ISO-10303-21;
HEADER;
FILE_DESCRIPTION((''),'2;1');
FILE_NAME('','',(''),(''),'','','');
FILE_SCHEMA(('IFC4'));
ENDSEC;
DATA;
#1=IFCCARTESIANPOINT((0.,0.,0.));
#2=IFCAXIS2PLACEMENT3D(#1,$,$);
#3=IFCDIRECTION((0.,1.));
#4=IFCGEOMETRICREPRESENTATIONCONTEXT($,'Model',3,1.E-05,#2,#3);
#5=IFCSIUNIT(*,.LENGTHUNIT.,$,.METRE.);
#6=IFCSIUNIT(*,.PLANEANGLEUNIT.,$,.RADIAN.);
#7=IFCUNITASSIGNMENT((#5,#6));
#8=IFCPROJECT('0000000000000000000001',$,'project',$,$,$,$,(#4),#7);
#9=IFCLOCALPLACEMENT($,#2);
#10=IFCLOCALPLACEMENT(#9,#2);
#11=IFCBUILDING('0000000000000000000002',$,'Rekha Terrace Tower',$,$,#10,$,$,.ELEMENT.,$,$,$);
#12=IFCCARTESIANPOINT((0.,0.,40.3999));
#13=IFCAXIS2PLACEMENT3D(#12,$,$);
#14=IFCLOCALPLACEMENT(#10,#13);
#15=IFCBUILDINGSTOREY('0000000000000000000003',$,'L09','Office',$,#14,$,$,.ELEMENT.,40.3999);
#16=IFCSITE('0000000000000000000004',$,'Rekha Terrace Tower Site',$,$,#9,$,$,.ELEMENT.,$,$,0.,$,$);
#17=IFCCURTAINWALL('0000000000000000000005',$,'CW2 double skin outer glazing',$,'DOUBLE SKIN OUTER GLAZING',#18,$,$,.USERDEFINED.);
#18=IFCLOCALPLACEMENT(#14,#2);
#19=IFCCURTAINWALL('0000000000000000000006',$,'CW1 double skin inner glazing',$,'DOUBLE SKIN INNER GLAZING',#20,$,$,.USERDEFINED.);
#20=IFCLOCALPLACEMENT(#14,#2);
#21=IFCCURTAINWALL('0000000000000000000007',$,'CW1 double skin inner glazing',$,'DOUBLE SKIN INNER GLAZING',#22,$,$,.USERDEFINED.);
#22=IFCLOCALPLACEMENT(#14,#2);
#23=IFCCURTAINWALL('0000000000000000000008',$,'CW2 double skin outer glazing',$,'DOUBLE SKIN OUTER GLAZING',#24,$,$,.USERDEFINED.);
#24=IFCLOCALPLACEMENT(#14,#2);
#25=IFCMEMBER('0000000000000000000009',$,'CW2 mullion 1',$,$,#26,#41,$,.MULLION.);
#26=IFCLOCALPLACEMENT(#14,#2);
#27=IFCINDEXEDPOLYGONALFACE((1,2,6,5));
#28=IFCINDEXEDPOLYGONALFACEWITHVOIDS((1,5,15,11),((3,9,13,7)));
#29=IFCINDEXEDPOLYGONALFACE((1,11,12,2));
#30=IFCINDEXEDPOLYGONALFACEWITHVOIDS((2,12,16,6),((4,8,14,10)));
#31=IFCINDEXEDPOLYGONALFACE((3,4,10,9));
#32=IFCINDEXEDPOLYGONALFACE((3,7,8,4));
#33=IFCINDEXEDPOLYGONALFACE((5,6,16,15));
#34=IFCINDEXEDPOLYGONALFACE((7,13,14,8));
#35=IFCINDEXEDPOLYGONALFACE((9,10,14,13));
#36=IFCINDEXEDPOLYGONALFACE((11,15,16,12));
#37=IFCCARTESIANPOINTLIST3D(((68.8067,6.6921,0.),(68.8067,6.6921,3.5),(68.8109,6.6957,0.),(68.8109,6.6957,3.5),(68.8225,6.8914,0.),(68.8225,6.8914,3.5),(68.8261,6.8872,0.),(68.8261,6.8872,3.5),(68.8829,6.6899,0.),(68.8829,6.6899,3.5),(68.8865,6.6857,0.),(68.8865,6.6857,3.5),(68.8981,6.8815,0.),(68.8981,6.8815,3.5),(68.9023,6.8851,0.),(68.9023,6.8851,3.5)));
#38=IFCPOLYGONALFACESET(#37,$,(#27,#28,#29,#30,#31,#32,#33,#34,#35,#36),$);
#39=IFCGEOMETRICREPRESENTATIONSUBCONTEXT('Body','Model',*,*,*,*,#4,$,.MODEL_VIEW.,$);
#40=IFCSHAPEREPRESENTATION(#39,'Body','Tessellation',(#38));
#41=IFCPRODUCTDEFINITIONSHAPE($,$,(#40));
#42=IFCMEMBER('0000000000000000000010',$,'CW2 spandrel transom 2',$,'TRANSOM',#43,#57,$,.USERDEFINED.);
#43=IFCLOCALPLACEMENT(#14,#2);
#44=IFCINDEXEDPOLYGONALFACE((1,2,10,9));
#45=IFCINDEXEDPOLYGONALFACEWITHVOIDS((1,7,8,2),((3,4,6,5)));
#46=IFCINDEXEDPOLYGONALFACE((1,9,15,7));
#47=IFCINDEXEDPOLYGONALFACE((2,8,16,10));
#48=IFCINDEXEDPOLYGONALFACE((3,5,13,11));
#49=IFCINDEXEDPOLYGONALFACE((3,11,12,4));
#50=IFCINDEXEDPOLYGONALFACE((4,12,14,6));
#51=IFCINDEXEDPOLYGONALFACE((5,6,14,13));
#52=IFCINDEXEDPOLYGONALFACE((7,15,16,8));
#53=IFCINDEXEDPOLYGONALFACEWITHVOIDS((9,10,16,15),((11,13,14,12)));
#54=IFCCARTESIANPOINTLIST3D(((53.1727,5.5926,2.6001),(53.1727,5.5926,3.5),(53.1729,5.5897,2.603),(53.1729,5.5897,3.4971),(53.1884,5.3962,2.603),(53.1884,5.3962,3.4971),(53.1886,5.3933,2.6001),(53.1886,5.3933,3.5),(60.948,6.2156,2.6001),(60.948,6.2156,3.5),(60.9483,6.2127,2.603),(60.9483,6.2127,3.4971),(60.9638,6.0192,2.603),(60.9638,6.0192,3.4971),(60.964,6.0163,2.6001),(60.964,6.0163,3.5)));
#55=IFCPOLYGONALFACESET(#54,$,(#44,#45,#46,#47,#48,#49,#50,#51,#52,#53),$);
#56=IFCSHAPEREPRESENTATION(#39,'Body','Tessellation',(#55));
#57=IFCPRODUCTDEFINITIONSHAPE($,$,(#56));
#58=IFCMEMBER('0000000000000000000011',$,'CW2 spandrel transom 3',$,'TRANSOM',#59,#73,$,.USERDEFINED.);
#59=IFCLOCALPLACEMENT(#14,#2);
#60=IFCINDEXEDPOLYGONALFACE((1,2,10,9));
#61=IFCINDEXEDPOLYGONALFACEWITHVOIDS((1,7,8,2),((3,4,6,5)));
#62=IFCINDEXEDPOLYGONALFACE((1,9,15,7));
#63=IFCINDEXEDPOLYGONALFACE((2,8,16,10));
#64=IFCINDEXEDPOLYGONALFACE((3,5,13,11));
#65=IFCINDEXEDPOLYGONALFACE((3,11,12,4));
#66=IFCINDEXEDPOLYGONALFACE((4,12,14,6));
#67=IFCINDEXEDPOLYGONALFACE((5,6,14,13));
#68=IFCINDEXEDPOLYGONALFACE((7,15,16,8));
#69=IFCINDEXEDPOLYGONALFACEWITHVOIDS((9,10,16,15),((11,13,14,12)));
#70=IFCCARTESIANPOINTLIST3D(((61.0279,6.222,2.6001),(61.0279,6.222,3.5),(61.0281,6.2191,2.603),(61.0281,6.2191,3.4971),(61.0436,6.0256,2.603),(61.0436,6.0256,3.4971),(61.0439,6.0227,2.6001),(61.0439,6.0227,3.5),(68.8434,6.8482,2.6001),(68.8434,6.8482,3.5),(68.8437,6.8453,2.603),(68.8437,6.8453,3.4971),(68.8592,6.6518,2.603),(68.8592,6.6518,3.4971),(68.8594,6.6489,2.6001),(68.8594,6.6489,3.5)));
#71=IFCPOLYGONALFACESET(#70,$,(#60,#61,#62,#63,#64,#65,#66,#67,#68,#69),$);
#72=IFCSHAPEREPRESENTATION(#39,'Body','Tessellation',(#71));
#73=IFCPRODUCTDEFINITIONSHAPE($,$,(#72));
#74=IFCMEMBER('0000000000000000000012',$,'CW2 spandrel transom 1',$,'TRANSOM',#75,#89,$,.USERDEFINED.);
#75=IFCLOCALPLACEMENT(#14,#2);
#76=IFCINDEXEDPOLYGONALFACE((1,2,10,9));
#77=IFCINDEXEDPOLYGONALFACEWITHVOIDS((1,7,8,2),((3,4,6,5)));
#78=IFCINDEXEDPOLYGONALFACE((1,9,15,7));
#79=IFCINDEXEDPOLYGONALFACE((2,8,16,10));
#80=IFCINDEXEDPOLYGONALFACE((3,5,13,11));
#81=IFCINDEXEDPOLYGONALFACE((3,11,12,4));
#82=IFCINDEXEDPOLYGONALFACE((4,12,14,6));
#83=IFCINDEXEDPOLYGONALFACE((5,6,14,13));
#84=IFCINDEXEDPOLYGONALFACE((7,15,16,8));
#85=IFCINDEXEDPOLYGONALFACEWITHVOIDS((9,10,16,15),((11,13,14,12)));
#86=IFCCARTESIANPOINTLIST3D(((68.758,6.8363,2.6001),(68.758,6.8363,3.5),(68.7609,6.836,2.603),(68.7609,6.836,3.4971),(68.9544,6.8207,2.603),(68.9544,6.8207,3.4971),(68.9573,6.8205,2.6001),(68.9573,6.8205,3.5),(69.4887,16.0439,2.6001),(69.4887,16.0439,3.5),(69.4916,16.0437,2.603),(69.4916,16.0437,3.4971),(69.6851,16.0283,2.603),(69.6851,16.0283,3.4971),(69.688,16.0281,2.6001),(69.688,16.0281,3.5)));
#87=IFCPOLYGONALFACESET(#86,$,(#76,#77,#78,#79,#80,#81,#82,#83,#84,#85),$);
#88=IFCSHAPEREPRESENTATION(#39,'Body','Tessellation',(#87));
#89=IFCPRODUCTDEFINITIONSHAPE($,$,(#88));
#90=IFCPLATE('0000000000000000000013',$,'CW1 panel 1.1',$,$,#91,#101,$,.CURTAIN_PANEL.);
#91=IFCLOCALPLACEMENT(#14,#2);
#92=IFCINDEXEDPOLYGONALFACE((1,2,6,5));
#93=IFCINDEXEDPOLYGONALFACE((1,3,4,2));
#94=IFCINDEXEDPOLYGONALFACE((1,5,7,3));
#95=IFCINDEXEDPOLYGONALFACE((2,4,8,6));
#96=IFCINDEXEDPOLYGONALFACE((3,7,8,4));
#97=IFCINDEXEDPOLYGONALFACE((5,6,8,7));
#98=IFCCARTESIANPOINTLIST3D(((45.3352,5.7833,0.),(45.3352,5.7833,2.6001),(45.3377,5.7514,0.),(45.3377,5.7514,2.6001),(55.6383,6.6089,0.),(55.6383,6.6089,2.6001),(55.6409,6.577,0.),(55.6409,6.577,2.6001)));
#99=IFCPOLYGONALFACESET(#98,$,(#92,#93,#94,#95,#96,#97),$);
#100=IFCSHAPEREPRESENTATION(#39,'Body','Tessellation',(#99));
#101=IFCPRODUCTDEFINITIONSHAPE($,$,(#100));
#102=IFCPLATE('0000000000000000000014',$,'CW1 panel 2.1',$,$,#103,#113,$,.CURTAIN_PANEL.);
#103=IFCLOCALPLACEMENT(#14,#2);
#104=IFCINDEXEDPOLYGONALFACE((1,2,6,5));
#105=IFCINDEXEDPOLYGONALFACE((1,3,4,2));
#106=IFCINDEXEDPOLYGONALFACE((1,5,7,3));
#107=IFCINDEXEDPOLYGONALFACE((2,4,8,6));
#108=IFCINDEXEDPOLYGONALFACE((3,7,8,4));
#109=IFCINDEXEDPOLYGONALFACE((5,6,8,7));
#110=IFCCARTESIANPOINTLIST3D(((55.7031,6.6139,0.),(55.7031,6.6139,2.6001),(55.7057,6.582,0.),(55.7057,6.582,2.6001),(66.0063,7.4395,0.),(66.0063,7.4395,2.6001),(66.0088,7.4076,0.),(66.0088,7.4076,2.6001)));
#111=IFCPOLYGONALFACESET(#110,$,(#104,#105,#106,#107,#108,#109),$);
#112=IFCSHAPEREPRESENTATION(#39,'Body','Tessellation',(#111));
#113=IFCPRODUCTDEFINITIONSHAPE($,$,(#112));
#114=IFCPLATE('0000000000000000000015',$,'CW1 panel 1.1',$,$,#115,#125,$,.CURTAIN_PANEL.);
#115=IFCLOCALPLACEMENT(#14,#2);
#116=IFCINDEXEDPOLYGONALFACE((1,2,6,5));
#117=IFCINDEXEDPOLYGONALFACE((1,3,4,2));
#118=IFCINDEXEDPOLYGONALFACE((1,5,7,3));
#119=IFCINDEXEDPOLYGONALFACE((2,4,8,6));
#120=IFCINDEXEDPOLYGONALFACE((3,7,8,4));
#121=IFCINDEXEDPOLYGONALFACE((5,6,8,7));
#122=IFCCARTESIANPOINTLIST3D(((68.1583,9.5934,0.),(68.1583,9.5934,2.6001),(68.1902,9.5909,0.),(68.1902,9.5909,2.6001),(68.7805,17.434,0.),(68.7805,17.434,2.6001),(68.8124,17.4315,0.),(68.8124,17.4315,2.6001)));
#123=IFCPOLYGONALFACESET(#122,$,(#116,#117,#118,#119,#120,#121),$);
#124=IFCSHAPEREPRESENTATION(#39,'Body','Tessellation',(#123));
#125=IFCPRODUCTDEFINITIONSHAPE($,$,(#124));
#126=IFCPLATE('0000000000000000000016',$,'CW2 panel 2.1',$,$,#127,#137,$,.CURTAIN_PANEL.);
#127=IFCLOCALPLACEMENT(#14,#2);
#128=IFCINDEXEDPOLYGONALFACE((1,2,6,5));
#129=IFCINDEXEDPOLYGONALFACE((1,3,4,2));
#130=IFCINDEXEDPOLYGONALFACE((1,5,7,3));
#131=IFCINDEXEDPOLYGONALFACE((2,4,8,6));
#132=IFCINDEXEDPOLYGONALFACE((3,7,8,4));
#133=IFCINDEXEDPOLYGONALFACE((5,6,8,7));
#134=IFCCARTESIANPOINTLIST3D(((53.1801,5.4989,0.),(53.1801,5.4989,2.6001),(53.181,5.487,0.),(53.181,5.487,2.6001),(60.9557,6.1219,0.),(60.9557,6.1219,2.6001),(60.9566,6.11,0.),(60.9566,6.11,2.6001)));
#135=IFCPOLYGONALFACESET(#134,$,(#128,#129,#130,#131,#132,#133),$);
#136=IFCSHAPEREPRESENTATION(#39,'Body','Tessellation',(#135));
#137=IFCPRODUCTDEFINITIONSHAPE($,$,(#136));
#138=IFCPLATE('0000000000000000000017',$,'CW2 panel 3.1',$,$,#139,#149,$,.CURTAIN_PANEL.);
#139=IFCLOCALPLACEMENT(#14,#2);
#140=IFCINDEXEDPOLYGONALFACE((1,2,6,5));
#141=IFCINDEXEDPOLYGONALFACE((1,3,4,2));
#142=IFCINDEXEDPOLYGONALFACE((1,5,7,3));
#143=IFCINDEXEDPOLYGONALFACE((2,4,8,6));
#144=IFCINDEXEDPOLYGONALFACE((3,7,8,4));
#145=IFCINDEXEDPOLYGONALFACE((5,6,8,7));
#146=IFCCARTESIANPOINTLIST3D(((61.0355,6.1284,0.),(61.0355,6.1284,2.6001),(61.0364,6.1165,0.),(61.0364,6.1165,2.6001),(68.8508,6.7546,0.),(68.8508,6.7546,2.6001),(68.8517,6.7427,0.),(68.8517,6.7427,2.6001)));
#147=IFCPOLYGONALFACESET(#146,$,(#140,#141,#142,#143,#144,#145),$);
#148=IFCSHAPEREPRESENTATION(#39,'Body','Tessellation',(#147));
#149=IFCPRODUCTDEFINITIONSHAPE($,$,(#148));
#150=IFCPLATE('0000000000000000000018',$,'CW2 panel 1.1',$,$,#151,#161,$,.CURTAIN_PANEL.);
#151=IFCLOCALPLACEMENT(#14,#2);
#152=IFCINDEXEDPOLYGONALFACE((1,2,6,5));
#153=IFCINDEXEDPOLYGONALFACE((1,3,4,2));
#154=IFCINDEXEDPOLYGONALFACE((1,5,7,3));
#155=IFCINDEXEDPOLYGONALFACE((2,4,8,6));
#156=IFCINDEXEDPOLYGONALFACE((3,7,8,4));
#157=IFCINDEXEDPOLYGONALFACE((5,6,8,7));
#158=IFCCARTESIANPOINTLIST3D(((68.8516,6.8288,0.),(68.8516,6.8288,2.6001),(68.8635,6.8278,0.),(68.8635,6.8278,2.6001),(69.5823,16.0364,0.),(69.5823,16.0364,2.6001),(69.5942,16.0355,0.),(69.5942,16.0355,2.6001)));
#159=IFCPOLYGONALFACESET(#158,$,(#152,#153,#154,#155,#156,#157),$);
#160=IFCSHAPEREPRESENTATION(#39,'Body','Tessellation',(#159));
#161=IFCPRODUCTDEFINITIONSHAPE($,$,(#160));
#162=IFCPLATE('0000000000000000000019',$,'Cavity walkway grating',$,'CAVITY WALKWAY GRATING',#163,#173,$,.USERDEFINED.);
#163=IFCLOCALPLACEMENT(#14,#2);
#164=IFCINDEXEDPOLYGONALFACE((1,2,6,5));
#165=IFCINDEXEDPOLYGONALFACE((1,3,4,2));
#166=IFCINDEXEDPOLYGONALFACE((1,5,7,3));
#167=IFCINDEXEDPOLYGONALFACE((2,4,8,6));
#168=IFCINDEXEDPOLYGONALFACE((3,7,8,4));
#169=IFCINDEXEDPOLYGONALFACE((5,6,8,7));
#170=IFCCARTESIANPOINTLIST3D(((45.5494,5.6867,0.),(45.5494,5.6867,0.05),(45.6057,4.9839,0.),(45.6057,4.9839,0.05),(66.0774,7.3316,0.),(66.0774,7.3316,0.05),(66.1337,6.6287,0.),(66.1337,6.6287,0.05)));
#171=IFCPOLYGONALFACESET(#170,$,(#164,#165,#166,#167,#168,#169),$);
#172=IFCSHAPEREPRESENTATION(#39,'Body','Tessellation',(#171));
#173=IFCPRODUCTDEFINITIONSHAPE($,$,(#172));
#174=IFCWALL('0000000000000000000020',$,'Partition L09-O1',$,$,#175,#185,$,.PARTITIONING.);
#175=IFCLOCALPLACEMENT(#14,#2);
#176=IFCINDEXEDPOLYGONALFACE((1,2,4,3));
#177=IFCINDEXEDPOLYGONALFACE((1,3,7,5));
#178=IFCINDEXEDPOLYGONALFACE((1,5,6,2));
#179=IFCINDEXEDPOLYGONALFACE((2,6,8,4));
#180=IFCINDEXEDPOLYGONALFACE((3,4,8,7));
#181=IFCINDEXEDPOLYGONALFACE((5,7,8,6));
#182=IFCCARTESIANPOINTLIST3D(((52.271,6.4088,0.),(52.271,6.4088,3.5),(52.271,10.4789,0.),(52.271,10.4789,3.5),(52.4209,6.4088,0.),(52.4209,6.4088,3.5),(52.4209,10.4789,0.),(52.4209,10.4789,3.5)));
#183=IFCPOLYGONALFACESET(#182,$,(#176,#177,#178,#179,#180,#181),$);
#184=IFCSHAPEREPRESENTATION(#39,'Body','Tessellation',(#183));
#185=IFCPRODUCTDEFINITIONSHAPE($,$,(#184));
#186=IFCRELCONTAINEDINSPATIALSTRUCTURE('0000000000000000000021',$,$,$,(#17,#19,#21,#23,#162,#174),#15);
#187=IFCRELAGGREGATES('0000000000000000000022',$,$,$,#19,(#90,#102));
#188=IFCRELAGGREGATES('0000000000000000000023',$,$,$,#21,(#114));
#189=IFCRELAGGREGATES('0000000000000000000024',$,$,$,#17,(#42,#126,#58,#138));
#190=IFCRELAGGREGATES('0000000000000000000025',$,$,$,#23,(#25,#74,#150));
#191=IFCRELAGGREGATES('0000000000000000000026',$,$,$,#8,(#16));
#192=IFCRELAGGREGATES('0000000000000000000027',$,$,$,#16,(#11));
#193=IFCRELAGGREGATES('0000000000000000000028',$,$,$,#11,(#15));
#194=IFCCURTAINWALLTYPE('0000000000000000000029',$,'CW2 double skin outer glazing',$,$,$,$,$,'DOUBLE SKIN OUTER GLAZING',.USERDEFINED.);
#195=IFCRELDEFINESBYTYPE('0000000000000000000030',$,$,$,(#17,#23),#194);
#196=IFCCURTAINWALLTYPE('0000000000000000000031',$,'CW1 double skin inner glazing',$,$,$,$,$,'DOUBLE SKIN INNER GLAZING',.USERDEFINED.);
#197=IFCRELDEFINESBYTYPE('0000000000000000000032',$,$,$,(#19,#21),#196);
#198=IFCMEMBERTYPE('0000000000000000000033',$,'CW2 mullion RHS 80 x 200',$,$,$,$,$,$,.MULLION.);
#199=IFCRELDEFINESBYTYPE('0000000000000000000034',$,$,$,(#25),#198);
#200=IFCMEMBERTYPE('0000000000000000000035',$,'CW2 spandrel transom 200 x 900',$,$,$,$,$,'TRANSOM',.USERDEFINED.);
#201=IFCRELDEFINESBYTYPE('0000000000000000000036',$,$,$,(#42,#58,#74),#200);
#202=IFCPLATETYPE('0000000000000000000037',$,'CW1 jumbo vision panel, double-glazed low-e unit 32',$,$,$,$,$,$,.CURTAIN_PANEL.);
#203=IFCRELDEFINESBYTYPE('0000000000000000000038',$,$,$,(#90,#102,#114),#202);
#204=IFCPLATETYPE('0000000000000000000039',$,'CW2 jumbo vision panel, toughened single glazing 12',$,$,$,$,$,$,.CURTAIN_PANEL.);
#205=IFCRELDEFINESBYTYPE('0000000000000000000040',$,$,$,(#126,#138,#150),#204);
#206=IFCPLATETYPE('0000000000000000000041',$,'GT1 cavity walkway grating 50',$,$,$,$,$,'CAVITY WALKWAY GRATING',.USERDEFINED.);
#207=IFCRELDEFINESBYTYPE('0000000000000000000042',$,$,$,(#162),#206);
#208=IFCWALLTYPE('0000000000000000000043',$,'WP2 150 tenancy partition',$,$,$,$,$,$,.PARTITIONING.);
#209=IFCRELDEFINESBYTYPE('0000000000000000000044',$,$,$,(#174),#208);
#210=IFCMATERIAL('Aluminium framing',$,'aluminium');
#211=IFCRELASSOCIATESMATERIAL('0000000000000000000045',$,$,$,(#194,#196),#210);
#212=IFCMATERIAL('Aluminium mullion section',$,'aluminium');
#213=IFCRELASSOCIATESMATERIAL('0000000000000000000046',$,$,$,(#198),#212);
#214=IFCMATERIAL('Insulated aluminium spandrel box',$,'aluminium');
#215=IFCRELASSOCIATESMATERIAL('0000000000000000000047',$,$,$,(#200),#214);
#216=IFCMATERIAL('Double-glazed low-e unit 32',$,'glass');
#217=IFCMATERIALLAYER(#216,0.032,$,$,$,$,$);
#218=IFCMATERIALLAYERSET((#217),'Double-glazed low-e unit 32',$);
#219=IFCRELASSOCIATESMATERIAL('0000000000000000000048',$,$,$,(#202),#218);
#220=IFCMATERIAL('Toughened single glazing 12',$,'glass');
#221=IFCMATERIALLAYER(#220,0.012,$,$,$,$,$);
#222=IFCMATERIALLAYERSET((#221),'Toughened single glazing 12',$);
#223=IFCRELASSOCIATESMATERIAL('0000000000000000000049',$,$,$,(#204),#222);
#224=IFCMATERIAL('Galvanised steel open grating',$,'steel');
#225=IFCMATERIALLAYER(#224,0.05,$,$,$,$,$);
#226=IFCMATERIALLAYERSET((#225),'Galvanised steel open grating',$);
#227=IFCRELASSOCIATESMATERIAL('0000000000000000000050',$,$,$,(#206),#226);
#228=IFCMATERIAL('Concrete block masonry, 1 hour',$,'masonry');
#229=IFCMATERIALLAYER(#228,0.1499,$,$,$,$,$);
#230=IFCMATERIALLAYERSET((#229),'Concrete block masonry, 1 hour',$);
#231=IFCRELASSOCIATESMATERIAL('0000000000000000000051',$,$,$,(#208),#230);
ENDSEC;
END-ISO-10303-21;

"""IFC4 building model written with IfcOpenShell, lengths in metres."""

from ifc_helpers import new_model, si_unit, direction, frame, frame_2d, origin, origin_2d, place, context, subcontext, project, spatial, rectangle, hollow_rectangle, extrude, material, layer, layer_set, material_profile, profile_set, type_object, element, aggregate, save


model = new_model("IFC4")

# Units and contexts
model_context = context("Model", 3, precision=1e-05, world=origin(), true_north=direction((0.0, 1.0)))
body_context = subcontext(model_context, "Body", "Model", "MODEL_VIEW")
ifc_project = project(units=[si_unit("LENGTHUNIT", "METRE"), si_unit("PLANEANGLEUNIT", "RADIAN")], contexts=[model_context])

# Site, building, storey
site_placement = place(None, origin())
site = spatial("IfcSite", under=ifc_project, at=site_placement, Name="Rekha Terrace Tower Site", CompositionType="ELEMENT", RefElevation=0.0)
building_placement = place(site_placement, origin())
building = spatial("IfcBuilding", under=site, at=building_placement, Name="Rekha Terrace Tower", CompositionType="ELEMENT")
storey_placement = place(building_placement, frame((0.0, 0.0, 40.3999)))
storey = spatial("IfcBuildingStorey", under=building, at=storey_placement, Name="L09", Description="Office", CompositionType="ELEMENT", Elevation=40.3999)

# Curtain walls
ifc_material_1 = material(Name="Aluminium framing", Category="aluminium")
curtain_wall_type_1 = type_object("IfcCurtainWallType", Name="CW2 double skin outer glazing", ElementType="DOUBLE SKIN OUTER GLAZING", PredefinedType="USERDEFINED", material=ifc_material_1)
curtain_wall_1_placement = place(storey_placement, origin())
curtain_wall_1 = element("IfcCurtainWall", 1, at=curtain_wall_1_placement, inside=storey, type_object=curtain_wall_type_1, Name="CW2 double skin outer glazing", ObjectType="DOUBLE SKIN OUTER GLAZING", PredefinedType="USERDEFINED")
curtain_wall_type_2 = type_object("IfcCurtainWallType", Name="CW1 double skin inner glazing", ElementType="DOUBLE SKIN INNER GLAZING", PredefinedType="USERDEFINED", material=ifc_material_1)
curtain_wall_2_placement = place(storey_placement, origin())
curtain_wall_2 = element("IfcCurtainWall", 2, at=curtain_wall_2_placement, inside=storey, type_object=curtain_wall_type_2, Name="CW1 double skin inner glazing", ObjectType="DOUBLE SKIN INNER GLAZING", PredefinedType="USERDEFINED")
ifc_material_2 = material(Name="Aluminium mullion section", Category="aluminium")

# Curtain wall
curtain_wall_3_placement = place(storey_placement, origin())
curtain_wall_3 = element("IfcCurtainWall", 3, at=curtain_wall_3_placement, inside=storey, type_object=curtain_wall_type_2, Name="CW1 double skin inner glazing", ObjectType="DOUBLE SKIN INNER GLAZING", PredefinedType="USERDEFINED")

# Shared definitions
ifc_material_3 = material(Name="Insulated aluminium spandrel box", Category="aluminium")
ifc_material_profile_1 = material_profile(ifc_material_2, hollow_rectangle(XDim=0.0801, YDim=0.2, WallThickness=0.0039, at=origin_2d()), Name="AL RHS 80x200")
ifc_profile_set_1 = profile_set([ifc_material_profile_1], Name="Aluminium mullion section")
member_type_1 = type_object("IfcMemberType", Name="CW2 mullion RHS 80 x 200", PredefinedType="MULLION", material=ifc_profile_set_1)

# Curtain wall, member
curtain_wall_4_placement = place(storey_placement, origin())
curtain_wall_4 = element("IfcCurtainWall", 4, at=curtain_wall_4_placement, inside=storey, type_object=curtain_wall_type_1, Name="CW2 double skin outer glazing", ObjectType="DOUBLE SKIN OUTER GLAZING", PredefinedType="USERDEFINED")
member_1_placement = place(storey_placement, frame((68.8545, 6.7886, 0.0), z_axis=(0.0, 0.0, 1.0), x_axis=(-0.996865, 0.079116, 0.0)))
member_1 = element("IfcMember", 5, at=member_1_placement, type_object=member_type_1, Name="CW2 mullion 1", PredefinedType="MULLION", context=body_context, shape_type="SweptSolid", body=[
    extrude(hollow_rectangle(XDim=0.0801, YDim=0.2, WallThickness=0.0039, at=origin_2d()), origin(), (0.0, 0.0, 1.0), 3.5),
])

# Members
ifc_material_profile_2 = material_profile(ifc_material_3, hollow_rectangle(XDim=0.2, YDim=0.8999, WallThickness=0.0029, at=origin_2d()), Name="AL SPANDREL BOX 200x900")
ifc_profile_set_2 = profile_set([ifc_material_profile_2], Name="Insulated aluminium spandrel box")
member_type_2 = type_object("IfcMemberType", Name="CW2 spandrel transom 200 x 900", ElementType="TRANSOM", PredefinedType="USERDEFINED", material=ifc_profile_set_2)
member_2_placement = place(storey_placement, frame((53.1807, 5.4929, 3.05), z_axis=(0.996805, 0.079875, 0.0), x_axis=(-0.079875, 0.996805, 0.0)))
member_2 = element("IfcMember", 6, at=member_2_placement, type_object=member_type_2, Name="CW2 spandrel transom 2", ObjectType="TRANSOM", PredefinedType="USERDEFINED", context=body_context, shape_type="SweptSolid", body=[
    extrude(hollow_rectangle(XDim=0.2, YDim=0.8999, WallThickness=0.0029, at=origin_2d()), origin(), (0.0, 0.0, 1.0), 7.8003),
])
member_3_placement = place(storey_placement, frame((61.0359, 6.1223, 3.05), z_axis=(0.996805, 0.07987, 0.0), x_axis=(-0.07987, 0.996805, 0.0)))
member_3 = element("IfcMember", 7, at=member_3_placement, type_object=member_type_2, Name="CW2 spandrel transom 3", ObjectType="TRANSOM", PredefinedType="USERDEFINED", context=body_context, shape_type="SweptSolid", body=[
    extrude(hollow_rectangle(XDim=0.2, YDim=0.8999, WallThickness=0.0029, at=origin_2d()), origin(), (0.0, 0.0, 1.0), 7.8406),
])
member_4_placement = place(storey_placement, frame((68.8577, 6.8284, 3.05), z_axis=(0.079112, 0.996866, 0.0), x_axis=(-0.996866, 0.079112, 0.0)))
member_4 = element("IfcMember", 8, at=member_4_placement, type_object=member_type_2, Name="CW2 spandrel transom 1", ObjectType="TRANSOM", PredefinedType="USERDEFINED", context=body_context, shape_type="SweptSolid", body=[
    extrude(hollow_rectangle(XDim=0.2, YDim=0.8999, WallThickness=0.0029, at=origin_2d()), origin(), (0.0, 0.0, 1.0), 9.2366),
])

# Plates
ifc_material_4 = material(Name="Double-glazed low-e unit 32", Category="glass")
ifc_layer_1 = layer(ifc_material_4, 0.032)
ifc_layer_set_1 = layer_set([ifc_layer_1], Name="Double-glazed low-e unit 32")
plate_type_1 = type_object("IfcPlateType", Name="CW1 jumbo vision panel, double-glazed low-e unit 32", PredefinedType="CURTAIN_PANEL", material=ifc_layer_set_1)
plate_1_placement = place(storey_placement, frame((50.488, 6.1802, 0.0), z_axis=(0.0, 0.0, 1.0), x_axis=(0.996805, 0.079872, 0.0)))
plate_1 = element("IfcPlate", 9, at=plate_1_placement, type_object=plate_type_1, Name="CW1 panel 1.1", PredefinedType="CURTAIN_PANEL", context=body_context, shape_type="SweptSolid", body=[
    extrude(rectangle(XDim=10.3362, YDim=0.032, at=origin_2d()), origin(), (0.0, 0.0, 1.0), 2.6001),
])
plate_2_placement = place(storey_placement, frame((60.856, 7.0107, 0.0), z_axis=(0.0, 0.0, 1.0), x_axis=(0.996805, 0.079872, 0.0)))
plate_2 = element("IfcPlate", 10, at=plate_2_placement, type_object=plate_type_1, Name="CW1 panel 2.1", PredefinedType="CURTAIN_PANEL", context=body_context, shape_type="SweptSolid", body=[
    extrude(rectangle(XDim=10.3362, YDim=0.032, at=origin_2d()), origin(), (0.0, 0.0, 1.0), 2.6001),
])
aggregate(curtain_wall_2, [plate_1, plate_2])
plate_3_placement = place(storey_placement, frame((68.4854, 13.5125, 0.0), z_axis=(0.0, 0.0, 1.0), x_axis=(0.079116, 0.996865, 0.0)))
plate_3 = element("IfcPlate", 11, at=plate_3_placement, type_object=plate_type_1, Name="CW1 panel 1.1", PredefinedType="CURTAIN_PANEL", context=body_context, shape_type="SweptSolid", body=[
    extrude(rectangle(XDim=7.8652, YDim=0.032, at=origin_2d()), origin(), (0.0, 0.0, 1.0), 2.6001),
])
aggregate(curtain_wall_3, [plate_3])
ifc_material_5 = material(Name="Toughened single glazing 12", Category="glass")
ifc_layer_2 = layer(ifc_material_5, 0.012)
ifc_layer_set_2 = layer_set([ifc_layer_2], Name="Toughened single glazing 12")
plate_type_2 = type_object("IfcPlateType", Name="CW2 jumbo vision panel, toughened single glazing 12", PredefinedType="CURTAIN_PANEL", material=ifc_layer_set_2)
plate_4_placement = place(storey_placement, frame((57.0684, 5.8044, 0.0), z_axis=(0.0, 0.0, 1.0), x_axis=(0.996805, 0.079872, 0.0)))
plate_4 = element("IfcPlate", 12, at=plate_4_placement, type_object=plate_type_2, Name="CW2 panel 2.1", PredefinedType="CURTAIN_PANEL", context=body_context, shape_type="SweptSolid", body=[
    extrude(rectangle(XDim=7.8005, YDim=0.012, at=origin_2d()), origin(), (0.0, 0.0, 1.0), 2.6001),
])
plate_5_placement = place(storey_placement, frame((64.9436, 6.4355, 0.0), z_axis=(0.0, 0.0, 1.0), x_axis=(0.996805, 0.079872, 0.0)))
plate_5 = element("IfcPlate", 13, at=plate_5_placement, type_object=plate_type_2, Name="CW2 panel 3.1", PredefinedType="CURTAIN_PANEL", context=body_context, shape_type="SweptSolid", body=[
    extrude(rectangle(XDim=7.8403, YDim=0.012, at=origin_2d()), origin(), (0.0, 0.0, 1.0), 2.6001),
])
aggregate(curtain_wall_1, [member_2, plate_4, member_3, plate_5])
plate_6_placement = place(storey_placement, frame((69.2229, 11.4321, 0.0), z_axis=(0.0, 0.0, 1.0), x_axis=(0.079116, 0.996865, 0.0)))
plate_6 = element("IfcPlate", 14, at=plate_6_placement, type_object=plate_type_2, Name="CW2 panel 1.1", PredefinedType="CURTAIN_PANEL", context=body_context, shape_type="SweptSolid", body=[
    extrude(rectangle(XDim=9.2366, YDim=0.012, at=origin_2d()), origin(), (0.0, 0.0, 1.0), 2.6001),
])
aggregate(curtain_wall_4, [member_1, member_4, plate_6])
ifc_material_6 = material(Name="Galvanised steel open grating", Category="steel")
ifc_layer_3 = layer(ifc_material_6, 0.05)
ifc_layer_set_3 = layer_set([ifc_layer_3], Name="Galvanised steel open grating")
plate_type_3 = type_object("IfcPlateType", Name="GT1 cavity walkway grating 50", ElementType="CAVITY WALKWAY GRATING", PredefinedType="USERDEFINED", material=ifc_layer_set_3)
plate_7_placement = place(storey_placement, frame((55.8416, 6.1577, 0.0), z_axis=(0.0, 0.0, 1.0), x_axis=(0.996805, 0.079872, 0.0)))
element("IfcPlate", 15, at=plate_7_placement, inside=storey, type_object=plate_type_3, Name="Cavity walkway grating", ObjectType="CAVITY WALKWAY GRATING", PredefinedType="USERDEFINED", context=body_context, shape_type="SweptSolid", body=[
    extrude(rectangle(XDim=20.5938, YDim=0.7051, at=origin_2d()), origin(), (0.0, 0.0, 1.0), 0.05),
])

# Wall
ifc_material_7 = material(Name="Concrete block masonry, 1 hour", Category="masonry")
ifc_layer_4 = layer(ifc_material_7, 0.1499)
ifc_layer_set_4 = layer_set([ifc_layer_4], Name="Concrete block masonry, 1 hour")
wall_type_1 = type_object("IfcWallType", Name="WP2 150 tenancy partition", PredefinedType="PARTITIONING", material=ifc_layer_set_4)
wall_1_placement = place(storey_placement, frame((52.3459, 10.479, 0.0), z_axis=(0.0, 0.0, 1.0), x_axis=(0.0, -1.0, 0.0)))
element("IfcWall", 16, at=wall_1_placement, inside=storey, type_object=wall_type_1, Name="Partition L09-O1", PredefinedType="PARTITIONING", context=body_context, shape_type="SweptSolid", body=[
    extrude(rectangle(XDim=4.0701, YDim=0.1499, at=frame_2d((2.0352, 0.0))), origin(), (0.0, 0.0, 1.0), 3.5),
])

save(model, "model.ifc")
